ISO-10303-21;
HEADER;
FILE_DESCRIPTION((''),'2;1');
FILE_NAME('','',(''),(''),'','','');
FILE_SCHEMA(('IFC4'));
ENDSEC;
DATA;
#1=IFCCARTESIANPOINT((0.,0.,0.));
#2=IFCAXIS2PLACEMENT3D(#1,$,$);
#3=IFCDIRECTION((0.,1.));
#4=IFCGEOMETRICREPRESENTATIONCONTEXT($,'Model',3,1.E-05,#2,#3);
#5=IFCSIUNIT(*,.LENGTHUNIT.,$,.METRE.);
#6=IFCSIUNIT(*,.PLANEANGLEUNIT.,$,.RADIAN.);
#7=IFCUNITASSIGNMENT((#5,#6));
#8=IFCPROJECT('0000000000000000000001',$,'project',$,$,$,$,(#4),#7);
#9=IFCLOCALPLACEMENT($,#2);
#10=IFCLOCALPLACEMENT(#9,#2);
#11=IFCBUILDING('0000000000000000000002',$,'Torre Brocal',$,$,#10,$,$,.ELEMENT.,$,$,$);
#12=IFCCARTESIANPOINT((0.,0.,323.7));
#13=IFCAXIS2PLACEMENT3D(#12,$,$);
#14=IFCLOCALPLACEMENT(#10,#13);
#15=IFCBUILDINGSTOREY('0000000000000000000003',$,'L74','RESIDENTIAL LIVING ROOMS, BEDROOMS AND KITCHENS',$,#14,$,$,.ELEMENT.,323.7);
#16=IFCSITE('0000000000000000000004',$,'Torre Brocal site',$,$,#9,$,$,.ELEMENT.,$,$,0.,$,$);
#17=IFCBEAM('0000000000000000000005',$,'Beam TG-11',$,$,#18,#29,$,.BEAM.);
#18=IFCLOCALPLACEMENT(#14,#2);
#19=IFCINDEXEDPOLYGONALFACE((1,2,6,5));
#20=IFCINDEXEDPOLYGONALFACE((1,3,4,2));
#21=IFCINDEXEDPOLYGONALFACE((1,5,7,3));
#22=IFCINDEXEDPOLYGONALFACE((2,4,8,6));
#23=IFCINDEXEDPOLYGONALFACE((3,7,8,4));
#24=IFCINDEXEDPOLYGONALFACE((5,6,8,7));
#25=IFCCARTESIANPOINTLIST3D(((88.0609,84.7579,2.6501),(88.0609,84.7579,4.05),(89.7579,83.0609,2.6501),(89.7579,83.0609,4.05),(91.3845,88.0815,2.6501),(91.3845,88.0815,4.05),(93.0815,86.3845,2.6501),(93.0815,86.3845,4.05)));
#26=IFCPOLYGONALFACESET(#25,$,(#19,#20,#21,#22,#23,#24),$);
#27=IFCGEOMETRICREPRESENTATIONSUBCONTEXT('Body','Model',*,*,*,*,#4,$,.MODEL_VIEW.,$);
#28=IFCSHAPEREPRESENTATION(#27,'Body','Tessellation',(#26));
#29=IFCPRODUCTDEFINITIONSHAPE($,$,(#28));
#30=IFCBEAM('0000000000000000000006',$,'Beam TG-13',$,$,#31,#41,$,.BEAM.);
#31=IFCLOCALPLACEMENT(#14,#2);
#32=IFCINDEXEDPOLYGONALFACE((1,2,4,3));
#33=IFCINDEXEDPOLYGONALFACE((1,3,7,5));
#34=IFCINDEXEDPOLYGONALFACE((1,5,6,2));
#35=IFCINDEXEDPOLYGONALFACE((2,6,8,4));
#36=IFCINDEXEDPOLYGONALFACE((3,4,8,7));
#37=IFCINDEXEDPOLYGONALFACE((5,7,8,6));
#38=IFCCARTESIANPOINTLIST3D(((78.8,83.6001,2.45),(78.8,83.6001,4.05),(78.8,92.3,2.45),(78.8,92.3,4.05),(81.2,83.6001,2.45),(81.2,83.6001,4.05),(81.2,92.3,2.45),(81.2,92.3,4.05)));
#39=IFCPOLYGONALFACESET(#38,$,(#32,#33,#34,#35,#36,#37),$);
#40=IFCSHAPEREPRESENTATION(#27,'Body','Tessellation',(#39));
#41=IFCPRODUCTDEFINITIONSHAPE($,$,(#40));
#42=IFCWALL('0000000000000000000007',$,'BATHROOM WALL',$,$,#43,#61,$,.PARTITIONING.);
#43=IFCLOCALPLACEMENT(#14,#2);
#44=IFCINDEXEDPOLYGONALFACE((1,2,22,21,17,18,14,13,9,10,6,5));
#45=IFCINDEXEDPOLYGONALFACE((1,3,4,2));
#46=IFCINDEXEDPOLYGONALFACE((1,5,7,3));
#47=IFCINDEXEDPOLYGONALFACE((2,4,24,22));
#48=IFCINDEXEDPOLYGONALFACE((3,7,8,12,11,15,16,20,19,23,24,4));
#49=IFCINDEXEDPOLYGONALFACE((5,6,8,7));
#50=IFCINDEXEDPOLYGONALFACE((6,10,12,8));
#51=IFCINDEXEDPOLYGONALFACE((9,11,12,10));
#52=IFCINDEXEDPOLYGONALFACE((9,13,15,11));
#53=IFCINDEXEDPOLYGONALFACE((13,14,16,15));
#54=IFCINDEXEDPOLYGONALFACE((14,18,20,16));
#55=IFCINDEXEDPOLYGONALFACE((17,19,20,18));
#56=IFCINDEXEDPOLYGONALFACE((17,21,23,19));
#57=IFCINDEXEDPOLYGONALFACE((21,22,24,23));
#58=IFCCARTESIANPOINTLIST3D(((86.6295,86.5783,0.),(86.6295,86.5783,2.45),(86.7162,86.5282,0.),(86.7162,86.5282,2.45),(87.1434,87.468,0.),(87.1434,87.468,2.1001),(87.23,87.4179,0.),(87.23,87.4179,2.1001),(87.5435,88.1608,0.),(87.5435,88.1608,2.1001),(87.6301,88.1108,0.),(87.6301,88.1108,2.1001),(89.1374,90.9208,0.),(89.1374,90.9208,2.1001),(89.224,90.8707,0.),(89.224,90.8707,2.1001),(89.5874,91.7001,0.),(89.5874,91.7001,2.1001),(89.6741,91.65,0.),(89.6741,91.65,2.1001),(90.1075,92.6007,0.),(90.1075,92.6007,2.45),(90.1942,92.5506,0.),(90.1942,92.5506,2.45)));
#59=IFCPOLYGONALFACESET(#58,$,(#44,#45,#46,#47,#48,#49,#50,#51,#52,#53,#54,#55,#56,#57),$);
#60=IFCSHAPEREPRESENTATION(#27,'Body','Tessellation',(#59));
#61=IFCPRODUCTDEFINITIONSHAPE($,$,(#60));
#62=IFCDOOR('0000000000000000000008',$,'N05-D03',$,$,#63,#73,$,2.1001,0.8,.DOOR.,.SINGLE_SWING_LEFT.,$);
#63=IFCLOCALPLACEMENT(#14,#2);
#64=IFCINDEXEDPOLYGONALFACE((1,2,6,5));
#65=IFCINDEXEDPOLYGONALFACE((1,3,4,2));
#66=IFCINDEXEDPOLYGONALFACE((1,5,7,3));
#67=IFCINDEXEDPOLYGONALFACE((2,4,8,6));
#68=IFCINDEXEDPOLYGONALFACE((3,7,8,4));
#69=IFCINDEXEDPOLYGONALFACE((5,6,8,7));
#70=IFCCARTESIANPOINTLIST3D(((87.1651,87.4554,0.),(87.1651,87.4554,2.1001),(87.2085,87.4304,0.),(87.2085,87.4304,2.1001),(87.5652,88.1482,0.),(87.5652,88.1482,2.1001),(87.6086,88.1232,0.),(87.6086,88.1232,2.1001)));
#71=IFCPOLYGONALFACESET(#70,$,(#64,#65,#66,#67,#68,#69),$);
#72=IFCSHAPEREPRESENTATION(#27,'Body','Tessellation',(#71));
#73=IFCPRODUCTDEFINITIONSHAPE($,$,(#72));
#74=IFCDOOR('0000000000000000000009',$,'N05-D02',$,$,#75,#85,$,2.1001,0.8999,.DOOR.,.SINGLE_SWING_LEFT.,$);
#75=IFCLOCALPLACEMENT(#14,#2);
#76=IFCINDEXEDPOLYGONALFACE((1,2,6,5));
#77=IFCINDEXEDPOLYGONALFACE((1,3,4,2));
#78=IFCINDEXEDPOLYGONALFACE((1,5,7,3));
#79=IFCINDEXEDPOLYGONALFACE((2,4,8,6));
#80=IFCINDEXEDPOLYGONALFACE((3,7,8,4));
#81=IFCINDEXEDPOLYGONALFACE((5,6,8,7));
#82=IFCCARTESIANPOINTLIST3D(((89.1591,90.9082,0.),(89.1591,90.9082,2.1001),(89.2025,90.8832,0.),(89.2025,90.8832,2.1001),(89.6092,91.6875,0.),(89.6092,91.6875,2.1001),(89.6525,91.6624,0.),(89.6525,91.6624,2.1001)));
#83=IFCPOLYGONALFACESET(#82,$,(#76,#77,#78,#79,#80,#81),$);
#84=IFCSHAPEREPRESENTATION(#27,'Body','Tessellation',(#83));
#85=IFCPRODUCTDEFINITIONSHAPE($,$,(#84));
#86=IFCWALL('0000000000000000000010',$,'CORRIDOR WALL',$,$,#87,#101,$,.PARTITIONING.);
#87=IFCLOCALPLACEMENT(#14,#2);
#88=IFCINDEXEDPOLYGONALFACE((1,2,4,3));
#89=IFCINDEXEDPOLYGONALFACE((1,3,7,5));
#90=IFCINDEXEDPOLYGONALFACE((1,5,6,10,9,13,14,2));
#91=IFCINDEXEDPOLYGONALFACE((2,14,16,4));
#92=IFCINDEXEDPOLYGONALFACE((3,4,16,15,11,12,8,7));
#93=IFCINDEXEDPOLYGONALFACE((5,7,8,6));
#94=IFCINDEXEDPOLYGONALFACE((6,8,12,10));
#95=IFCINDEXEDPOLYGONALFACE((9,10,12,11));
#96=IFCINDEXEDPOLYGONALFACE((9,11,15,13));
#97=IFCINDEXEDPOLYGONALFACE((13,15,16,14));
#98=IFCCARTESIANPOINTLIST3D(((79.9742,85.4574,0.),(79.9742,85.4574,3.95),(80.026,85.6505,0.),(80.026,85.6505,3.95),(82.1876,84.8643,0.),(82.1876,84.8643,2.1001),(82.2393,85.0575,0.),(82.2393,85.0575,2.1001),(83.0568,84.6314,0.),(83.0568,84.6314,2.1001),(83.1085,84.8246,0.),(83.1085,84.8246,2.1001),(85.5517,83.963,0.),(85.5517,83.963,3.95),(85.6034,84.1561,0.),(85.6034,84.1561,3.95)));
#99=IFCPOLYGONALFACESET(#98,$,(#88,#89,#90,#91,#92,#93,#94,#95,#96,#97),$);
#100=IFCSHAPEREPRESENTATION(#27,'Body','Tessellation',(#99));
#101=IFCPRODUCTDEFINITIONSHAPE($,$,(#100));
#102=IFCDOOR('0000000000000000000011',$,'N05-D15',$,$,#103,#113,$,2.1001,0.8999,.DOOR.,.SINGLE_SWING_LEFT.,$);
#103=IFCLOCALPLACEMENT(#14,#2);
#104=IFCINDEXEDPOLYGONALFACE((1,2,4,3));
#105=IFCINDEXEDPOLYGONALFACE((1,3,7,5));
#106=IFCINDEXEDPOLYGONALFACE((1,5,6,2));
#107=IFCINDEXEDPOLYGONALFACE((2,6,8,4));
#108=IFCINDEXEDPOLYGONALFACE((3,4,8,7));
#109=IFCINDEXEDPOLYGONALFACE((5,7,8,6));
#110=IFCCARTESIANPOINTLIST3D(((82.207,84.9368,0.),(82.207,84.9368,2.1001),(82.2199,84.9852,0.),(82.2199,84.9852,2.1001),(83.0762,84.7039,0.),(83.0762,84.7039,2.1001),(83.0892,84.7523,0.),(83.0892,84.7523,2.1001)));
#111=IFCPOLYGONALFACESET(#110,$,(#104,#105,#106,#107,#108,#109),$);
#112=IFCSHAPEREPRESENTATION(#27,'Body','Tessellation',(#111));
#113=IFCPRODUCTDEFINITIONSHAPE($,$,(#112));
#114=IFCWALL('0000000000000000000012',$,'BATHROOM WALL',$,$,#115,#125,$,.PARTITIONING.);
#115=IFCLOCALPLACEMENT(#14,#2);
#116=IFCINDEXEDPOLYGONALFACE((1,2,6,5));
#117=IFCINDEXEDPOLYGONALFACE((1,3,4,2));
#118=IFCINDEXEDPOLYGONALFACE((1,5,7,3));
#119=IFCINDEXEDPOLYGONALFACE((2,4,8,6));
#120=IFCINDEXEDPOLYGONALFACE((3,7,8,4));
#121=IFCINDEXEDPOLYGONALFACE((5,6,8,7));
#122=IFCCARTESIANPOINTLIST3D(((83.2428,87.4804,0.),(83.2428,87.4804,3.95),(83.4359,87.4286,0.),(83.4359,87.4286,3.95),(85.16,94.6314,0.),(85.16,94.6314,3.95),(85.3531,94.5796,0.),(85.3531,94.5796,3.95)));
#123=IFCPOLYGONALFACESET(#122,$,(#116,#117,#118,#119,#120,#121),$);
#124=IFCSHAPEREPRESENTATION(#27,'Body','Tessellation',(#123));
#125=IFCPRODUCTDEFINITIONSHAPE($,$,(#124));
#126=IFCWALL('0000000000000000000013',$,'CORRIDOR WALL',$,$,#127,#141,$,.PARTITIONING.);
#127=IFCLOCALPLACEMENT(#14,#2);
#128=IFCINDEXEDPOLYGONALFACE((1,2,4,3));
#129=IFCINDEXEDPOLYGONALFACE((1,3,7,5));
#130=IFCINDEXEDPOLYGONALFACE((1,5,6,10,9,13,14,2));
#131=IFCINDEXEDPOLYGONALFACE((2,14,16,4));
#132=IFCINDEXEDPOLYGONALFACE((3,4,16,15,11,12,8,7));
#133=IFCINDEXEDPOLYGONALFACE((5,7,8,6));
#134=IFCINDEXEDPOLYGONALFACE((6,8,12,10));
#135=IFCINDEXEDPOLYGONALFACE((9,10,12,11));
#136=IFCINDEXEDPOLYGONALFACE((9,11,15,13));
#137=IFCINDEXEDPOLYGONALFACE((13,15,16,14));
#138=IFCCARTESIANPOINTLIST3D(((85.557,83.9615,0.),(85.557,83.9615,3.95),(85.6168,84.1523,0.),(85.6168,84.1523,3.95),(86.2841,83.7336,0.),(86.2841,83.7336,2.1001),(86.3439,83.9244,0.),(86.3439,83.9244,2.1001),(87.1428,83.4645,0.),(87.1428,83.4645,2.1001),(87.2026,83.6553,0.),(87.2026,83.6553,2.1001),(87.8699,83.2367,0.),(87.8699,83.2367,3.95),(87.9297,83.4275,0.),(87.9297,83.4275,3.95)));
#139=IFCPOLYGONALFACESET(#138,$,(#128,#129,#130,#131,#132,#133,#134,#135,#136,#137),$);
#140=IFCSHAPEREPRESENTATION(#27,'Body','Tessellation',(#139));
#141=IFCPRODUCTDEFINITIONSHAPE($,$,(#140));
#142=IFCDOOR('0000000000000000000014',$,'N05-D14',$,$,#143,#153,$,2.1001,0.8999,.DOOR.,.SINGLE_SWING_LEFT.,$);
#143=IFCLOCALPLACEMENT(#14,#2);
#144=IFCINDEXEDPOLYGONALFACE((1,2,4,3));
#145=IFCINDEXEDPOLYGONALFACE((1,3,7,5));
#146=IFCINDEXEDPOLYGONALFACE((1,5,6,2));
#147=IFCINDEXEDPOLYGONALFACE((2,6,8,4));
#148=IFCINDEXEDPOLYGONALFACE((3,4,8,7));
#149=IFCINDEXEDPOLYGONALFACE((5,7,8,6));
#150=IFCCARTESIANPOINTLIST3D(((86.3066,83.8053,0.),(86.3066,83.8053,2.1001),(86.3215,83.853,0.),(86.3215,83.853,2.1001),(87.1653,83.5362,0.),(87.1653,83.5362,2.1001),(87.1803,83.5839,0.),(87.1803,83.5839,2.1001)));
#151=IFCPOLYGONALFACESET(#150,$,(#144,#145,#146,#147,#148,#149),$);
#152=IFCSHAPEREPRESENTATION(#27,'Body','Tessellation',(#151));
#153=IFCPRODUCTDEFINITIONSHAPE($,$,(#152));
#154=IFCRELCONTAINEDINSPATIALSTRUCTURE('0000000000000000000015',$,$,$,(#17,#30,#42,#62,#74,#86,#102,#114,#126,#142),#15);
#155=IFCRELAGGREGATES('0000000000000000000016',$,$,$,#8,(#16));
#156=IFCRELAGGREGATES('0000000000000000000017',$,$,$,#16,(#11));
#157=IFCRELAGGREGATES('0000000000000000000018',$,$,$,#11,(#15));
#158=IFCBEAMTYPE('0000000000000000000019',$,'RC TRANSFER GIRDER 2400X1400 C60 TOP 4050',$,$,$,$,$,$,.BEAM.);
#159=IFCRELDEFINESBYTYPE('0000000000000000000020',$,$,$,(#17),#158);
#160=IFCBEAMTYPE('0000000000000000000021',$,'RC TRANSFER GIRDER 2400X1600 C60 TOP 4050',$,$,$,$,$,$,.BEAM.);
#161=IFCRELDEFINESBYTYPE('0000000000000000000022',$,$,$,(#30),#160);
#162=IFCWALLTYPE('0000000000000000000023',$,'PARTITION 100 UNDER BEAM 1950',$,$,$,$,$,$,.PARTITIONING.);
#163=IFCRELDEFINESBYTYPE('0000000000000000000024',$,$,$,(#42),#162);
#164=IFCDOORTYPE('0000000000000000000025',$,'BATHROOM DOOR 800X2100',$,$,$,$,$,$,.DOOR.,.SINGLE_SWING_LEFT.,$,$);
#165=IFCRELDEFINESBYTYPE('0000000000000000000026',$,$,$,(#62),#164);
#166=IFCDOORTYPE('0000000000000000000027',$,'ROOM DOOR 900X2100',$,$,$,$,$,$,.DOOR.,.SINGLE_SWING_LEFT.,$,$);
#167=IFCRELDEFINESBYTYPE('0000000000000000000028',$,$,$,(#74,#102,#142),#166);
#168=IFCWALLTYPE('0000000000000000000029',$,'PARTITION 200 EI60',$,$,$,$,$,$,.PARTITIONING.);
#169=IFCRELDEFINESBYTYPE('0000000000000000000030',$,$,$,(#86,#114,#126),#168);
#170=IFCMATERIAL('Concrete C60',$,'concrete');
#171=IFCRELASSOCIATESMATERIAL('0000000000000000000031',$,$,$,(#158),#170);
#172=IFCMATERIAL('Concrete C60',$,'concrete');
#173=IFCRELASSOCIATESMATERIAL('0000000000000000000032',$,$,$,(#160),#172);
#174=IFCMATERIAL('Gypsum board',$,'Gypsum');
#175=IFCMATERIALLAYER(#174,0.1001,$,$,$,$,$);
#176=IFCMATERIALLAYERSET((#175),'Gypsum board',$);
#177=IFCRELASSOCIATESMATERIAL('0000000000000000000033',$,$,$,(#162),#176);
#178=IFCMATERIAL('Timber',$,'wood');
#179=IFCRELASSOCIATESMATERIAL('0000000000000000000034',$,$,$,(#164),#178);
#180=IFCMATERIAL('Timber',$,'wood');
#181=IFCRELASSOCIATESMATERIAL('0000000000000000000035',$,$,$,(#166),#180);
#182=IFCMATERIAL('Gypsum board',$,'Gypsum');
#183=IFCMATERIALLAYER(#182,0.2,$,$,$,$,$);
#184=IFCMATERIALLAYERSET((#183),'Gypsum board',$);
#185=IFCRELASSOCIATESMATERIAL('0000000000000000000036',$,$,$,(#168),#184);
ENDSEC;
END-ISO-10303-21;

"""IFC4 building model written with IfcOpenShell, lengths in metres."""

from ifc_helpers import new_model, si_unit, direction, frame, frame_2d, origin, origin_2d, place, context, subcontext, project, spatial, rectangle, extrude, material, layer, layer_set, material_profile, profile_set, type_object, element, fill, save


model = new_model("IFC4")

# Units and contexts
model_context = context("Model", 3, precision=1e-05, world=origin(), true_north=direction((0.0, 1.0)))
body_context = subcontext(model_context, "Body", "Model", "MODEL_VIEW")
ifc_project = project(units=[si_unit("LENGTHUNIT", "METRE"), si_unit("PLANEANGLEUNIT", "RADIAN")], contexts=[model_context])

# Site, building, storey
site_placement = place(None, origin())
site = spatial("IfcSite", under=ifc_project, at=site_placement, Name="Torre Brocal site", CompositionType="ELEMENT", RefElevation=0.0)
building_placement = place(site_placement, origin())
building = spatial("IfcBuilding", under=site, at=building_placement, Name="Torre Brocal", CompositionType="ELEMENT")
storey_placement = place(building_placement, frame((0.0, 0.0, 323.7)))
storey = spatial("IfcBuildingStorey", under=building, at=storey_placement, Name="L74", Description="RESIDENTIAL LIVING ROOMS, BEDROOMS AND KITCHENS", CompositionType="ELEMENT", Elevation=323.7)

# Beams
ifc_material_1 = material(Name="Concrete C60", Category="concrete")
ifc_material_profile_1 = material_profile(ifc_material_1, rectangle(XDim=2.3999, YDim=1.3999, at=origin_2d()), Name="RC 2400X1400")
ifc_profile_set_1 = profile_set([ifc_material_profile_1], Name="Concrete C60")
beam_type_1 = type_object("IfcBeamType", Name="RC TRANSFER GIRDER 2400X1400 C60 TOP 4050", PredefinedType="BEAM", material=ifc_profile_set_1)
beam_1_placement = place(storey_placement, frame((88.9094, 83.9094, 3.3501), z_axis=(0.707107, 0.707107, 0.0), x_axis=(-0.707107, 0.707107, 0.0)))
element("IfcBeam", 1, at=beam_1_placement, inside=storey, type_object=beam_type_1, Name="Beam TG-11", PredefinedType="BEAM", context=body_context, shape_type="SweptSolid", body=[
    extrude(rectangle(XDim=2.3999, YDim=1.3999, at=origin_2d()), origin(), (0.0, 0.0, 1.0), 4.7002),
])
ifc_material_2 = material(Name="Concrete C60", Category="concrete")
ifc_material_profile_2 = material_profile(ifc_material_2, rectangle(XDim=2.3999, YDim=1.6001, at=origin_2d()), Name="RC 2400X1600")
ifc_profile_set_2 = profile_set([ifc_material_profile_2], Name="Concrete C60")
beam_type_2 = type_object("IfcBeamType", Name="RC TRANSFER GIRDER 2400X1600 C60 TOP 4050", PredefinedType="BEAM", material=ifc_profile_set_2)
beam_2_placement = place(storey_placement, frame((80.0, 83.6001, 3.25), z_axis=(0.0, 1.0, 0.0), x_axis=(-1.0, 0.0, 0.0)))
element("IfcBeam", 2, at=beam_2_placement, inside=storey, type_object=beam_type_2, Name="Beam TG-13", PredefinedType="BEAM", context=body_context, shape_type="SweptSolid", body=[
    extrude(rectangle(XDim=2.3999, YDim=1.6001, at=origin_2d()), origin(), (0.0, 0.0, 1.0), 8.7),
])

# Wall, openings, doors
ifc_material_3 = material(Name="Gypsum board", Category="Gypsum")
ifc_layer_1 = layer(ifc_material_3, 0.1001)
ifc_layer_set_1 = layer_set([ifc_layer_1], Name="Gypsum board")
wall_type_1 = type_object("IfcWallType", Name="PARTITION 100 UNDER BEAM 1950", PredefinedType="PARTITIONING", material=ifc_layer_set_1)
wall_1_placement = place(storey_placement, frame((86.6729, 86.5532, 0.0), z_axis=(0.0, 0.0, 1.0), x_axis=(0.500103, 0.865966, 0.0)))
wall_1 = element("IfcWall", 3, at=wall_1_placement, inside=storey, type_object=wall_type_1, Name="BATHROOM WALL", PredefinedType="PARTITIONING", context=body_context, shape_type="SweptSolid", body=[
    extrude(rectangle(XDim=6.9546, YDim=0.1001, at=frame_2d((3.4773, 0.0))), origin(), (0.0, 0.0, 1.0), 2.45),
])
opening_1_placement = place(wall_1_placement, frame((5.0146, 0.0, 0.0)))
opening_1 = element("IfcOpeningElement", 4, at=opening_1_placement, cuts=wall_1, PredefinedType="OPENING", context=body_context, shape_type="SweptSolid", body=[
    extrude(rectangle(XDim=0.8999, YDim=2.1001, at=frame_2d((0.45, 1.05))), frame((0.0, 0.0601, 0.0), z_axis=(0.0, -1.0, 0.0), x_axis=(1.0, 0.0, 0.0)), (0.0, 0.0, 1.0), 0.1201),
])
opening_2_placement = place(wall_1_placement, frame((1.0276, 0.0, 0.0)))
opening_2 = element("IfcOpeningElement", 5, at=opening_2_placement, cuts=wall_1, PredefinedType="OPENING", context=body_context, shape_type="SweptSolid", body=[
    extrude(rectangle(XDim=0.8, YDim=2.1001, at=frame_2d((0.3999, 1.05))), frame((0.0, 0.0601, 0.0), z_axis=(0.0, -1.0, 0.0), x_axis=(1.0, 0.0, 0.0)), (0.0, 0.0, 1.0), 0.1201),
])
ifc_material_4 = material(Name="Timber", Category="wood")
door_type_1 = type_object("IfcDoorType", Name="BATHROOM DOOR 800X2100", OperationType="SINGLE_SWING_LEFT", PredefinedType="DOOR", material=ifc_material_4)
door_1_placement = place(opening_2_placement, origin())
door_1 = element("IfcDoor", 6, at=door_1_placement, inside=storey, type_object=door_type_1, Name="N05-D03", OperationType="SINGLE_SWING_LEFT", OverallHeight=2.1001, OverallWidth=0.8, PredefinedType="DOOR", context=body_context, shape_type="SweptSolid", body=[
    extrude(rectangle(XDim=0.8, YDim=2.1001, at=frame_2d((0.3999, 1.05))), frame((0.0, 0.0249, 0.0), z_axis=(0.0, -1.0, 0.0), x_axis=(1.0, 0.0, 0.0)), (0.0, 0.0, 1.0), 0.05),
])
fill(opening_2, door_1)
ifc_material_5 = material(Name="Timber", Category="wood")
door_type_2 = type_object("IfcDoorType", Name="ROOM DOOR 900X2100", OperationType="SINGLE_SWING_LEFT", PredefinedType="DOOR", material=ifc_material_5)
door_2_placement = place(opening_1_placement, origin())
door_2 = element("IfcDoor", 7, at=door_2_placement, inside=storey, type_object=door_type_2, Name="N05-D02", OperationType="SINGLE_SWING_LEFT", OverallHeight=2.1001, OverallWidth=0.8999, PredefinedType="DOOR", context=body_context, shape_type="SweptSolid", body=[
    extrude(rectangle(XDim=0.8999, YDim=2.1001, at=frame_2d((0.45, 1.05))), frame((0.0, 0.0249, 0.0), z_axis=(0.0, -1.0, 0.0), x_axis=(1.0, 0.0, 0.0)), (0.0, 0.0, 1.0), 0.05),
])
fill(opening_1, door_2)

# Wall, opening, door
ifc_material_6 = material(Name="Gypsum board", Category="Gypsum")
ifc_layer_2 = layer(ifc_material_6, 0.2)
ifc_layer_set_2 = layer_set([ifc_layer_2], Name="Gypsum board")
wall_type_2 = type_object("IfcWallType", Name="PARTITION 200 EI60", PredefinedType="PARTITIONING", material=ifc_layer_set_2)
wall_2_placement = place(storey_placement, frame((80.0, 85.554, 0.0), z_axis=(0.0, 0.0, 1.0), x_axis=(0.965929, -0.258807, 0.0)))
wall_2 = element("IfcWall", 8, at=wall_2_placement, inside=storey, type_object=wall_type_2, Name="CORRIDOR WALL", PredefinedType="PARTITIONING", context=body_context, shape_type="SweptSolid", body=[
    extrude(rectangle(XDim=5.7742, YDim=0.2, at=frame_2d((2.8872, 0.0))), origin(), (0.0, 0.0, 1.0), 3.95),
])
opening_3_placement = place(wall_2_placement, frame((2.2915, 0.0, 0.0)))
opening_3 = element("IfcOpeningElement", 9, at=opening_3_placement, cuts=wall_2, PredefinedType="OPENING", context=body_context, shape_type="SweptSolid", body=[
    extrude(rectangle(XDim=0.8999, YDim=2.1001, at=frame_2d((0.45, 1.05))), frame((0.0, 0.1099, 0.0), z_axis=(0.0, -1.0, 0.0), x_axis=(1.0, 0.0, 0.0)), (0.0, 0.0, 1.0), 0.22),
])
door_3_placement = place(opening_3_placement, frame((0.8999, 0.0, 0.0), z_axis=(0.0, 0.0, 1.0), x_axis=(-1.0, 0.0, 0.0)))
door_3 = element("IfcDoor", 10, at=door_3_placement, inside=storey, type_object=door_type_2, Name="N05-D15", OperationType="SINGLE_SWING_LEFT", OverallHeight=2.1001, OverallWidth=0.8999, PredefinedType="DOOR", context=body_context, shape_type="SweptSolid", body=[
    extrude(rectangle(XDim=0.8999, YDim=2.1001, at=frame_2d((0.45, 1.05))), frame((0.0, 0.0249, 0.0), z_axis=(0.0, -1.0, 0.0), x_axis=(1.0, 0.0, 0.0)), (0.0, 0.0, 1.0), 0.05),
])
fill(opening_3, door_3)

# Wall
wall_3_placement = place(storey_placement, frame((83.3394, 87.4546, 0.0), z_axis=(0.0, 0.0, 1.0), x_axis=(0.258957, 0.965889, 0.0)))
element("IfcWall", 11, at=wall_3_placement, inside=storey, type_object=wall_type_2, Name="BATHROOM WALL", PredefinedType="PARTITIONING", context=body_context, shape_type="SweptSolid", body=[
    extrude(rectangle(XDim=7.4036, YDim=0.2, at=frame_2d((3.7017, 0.0))), origin(), (0.0, 0.0, 1.0), 3.95),
])

# Wall, opening, door
wall_4_placement = place(storey_placement, frame((85.5869, 84.0569, 0.0), z_axis=(0.0, 0.0, 1.0), x_axis=(0.95424, -0.299043, 0.0)))
wall_4 = element("IfcWall", 12, at=wall_4_placement, inside=storey, type_object=wall_type_2, Name="CORRIDOR WALL", PredefinedType="PARTITIONING", context=body_context, shape_type="SweptSolid", body=[
    extrude(rectangle(XDim=2.4238, YDim=0.2, at=frame_2d((1.2119, 0.0))), origin(), (0.0, 0.0, 1.0), 3.95),
])
opening_4_placement = place(wall_4_placement, frame((0.762, 0.0, 0.0)))
opening_4 = element("IfcOpeningElement", 13, at=opening_4_placement, cuts=wall_4, PredefinedType="OPENING", context=body_context, shape_type="SweptSolid", body=[
    extrude(rectangle(XDim=0.8999, YDim=2.1001, at=frame_2d((0.45, 1.05))), frame((0.0, 0.1099, 0.0), z_axis=(0.0, -1.0, 0.0), x_axis=(1.0, 0.0, 0.0)), (0.0, 0.0, 1.0), 0.22),
])
door_4_placement = place(opening_4_placement, frame((0.8999, 0.0, 0.0), z_axis=(0.0, 0.0, 1.0), x_axis=(-1.0, 0.0, 0.0)))
door_4 = element("IfcDoor", 14, at=door_4_placement, inside=storey, type_object=door_type_2, Name="N05-D14", OperationType="SINGLE_SWING_LEFT", OverallHeight=2.1001, OverallWidth=0.8999, PredefinedType="DOOR", context=body_context, shape_type="SweptSolid", body=[
    extrude(rectangle(XDim=0.8999, YDim=2.1001, at=frame_2d((0.45, 1.05))), frame((0.0, 0.0249, 0.0), z_axis=(0.0, -1.0, 0.0), x_axis=(1.0, 0.0, 0.0)), (0.0, 0.0, 1.0), 0.05),
])
fill(opening_4, door_4)

save(model, "model.ifc")
